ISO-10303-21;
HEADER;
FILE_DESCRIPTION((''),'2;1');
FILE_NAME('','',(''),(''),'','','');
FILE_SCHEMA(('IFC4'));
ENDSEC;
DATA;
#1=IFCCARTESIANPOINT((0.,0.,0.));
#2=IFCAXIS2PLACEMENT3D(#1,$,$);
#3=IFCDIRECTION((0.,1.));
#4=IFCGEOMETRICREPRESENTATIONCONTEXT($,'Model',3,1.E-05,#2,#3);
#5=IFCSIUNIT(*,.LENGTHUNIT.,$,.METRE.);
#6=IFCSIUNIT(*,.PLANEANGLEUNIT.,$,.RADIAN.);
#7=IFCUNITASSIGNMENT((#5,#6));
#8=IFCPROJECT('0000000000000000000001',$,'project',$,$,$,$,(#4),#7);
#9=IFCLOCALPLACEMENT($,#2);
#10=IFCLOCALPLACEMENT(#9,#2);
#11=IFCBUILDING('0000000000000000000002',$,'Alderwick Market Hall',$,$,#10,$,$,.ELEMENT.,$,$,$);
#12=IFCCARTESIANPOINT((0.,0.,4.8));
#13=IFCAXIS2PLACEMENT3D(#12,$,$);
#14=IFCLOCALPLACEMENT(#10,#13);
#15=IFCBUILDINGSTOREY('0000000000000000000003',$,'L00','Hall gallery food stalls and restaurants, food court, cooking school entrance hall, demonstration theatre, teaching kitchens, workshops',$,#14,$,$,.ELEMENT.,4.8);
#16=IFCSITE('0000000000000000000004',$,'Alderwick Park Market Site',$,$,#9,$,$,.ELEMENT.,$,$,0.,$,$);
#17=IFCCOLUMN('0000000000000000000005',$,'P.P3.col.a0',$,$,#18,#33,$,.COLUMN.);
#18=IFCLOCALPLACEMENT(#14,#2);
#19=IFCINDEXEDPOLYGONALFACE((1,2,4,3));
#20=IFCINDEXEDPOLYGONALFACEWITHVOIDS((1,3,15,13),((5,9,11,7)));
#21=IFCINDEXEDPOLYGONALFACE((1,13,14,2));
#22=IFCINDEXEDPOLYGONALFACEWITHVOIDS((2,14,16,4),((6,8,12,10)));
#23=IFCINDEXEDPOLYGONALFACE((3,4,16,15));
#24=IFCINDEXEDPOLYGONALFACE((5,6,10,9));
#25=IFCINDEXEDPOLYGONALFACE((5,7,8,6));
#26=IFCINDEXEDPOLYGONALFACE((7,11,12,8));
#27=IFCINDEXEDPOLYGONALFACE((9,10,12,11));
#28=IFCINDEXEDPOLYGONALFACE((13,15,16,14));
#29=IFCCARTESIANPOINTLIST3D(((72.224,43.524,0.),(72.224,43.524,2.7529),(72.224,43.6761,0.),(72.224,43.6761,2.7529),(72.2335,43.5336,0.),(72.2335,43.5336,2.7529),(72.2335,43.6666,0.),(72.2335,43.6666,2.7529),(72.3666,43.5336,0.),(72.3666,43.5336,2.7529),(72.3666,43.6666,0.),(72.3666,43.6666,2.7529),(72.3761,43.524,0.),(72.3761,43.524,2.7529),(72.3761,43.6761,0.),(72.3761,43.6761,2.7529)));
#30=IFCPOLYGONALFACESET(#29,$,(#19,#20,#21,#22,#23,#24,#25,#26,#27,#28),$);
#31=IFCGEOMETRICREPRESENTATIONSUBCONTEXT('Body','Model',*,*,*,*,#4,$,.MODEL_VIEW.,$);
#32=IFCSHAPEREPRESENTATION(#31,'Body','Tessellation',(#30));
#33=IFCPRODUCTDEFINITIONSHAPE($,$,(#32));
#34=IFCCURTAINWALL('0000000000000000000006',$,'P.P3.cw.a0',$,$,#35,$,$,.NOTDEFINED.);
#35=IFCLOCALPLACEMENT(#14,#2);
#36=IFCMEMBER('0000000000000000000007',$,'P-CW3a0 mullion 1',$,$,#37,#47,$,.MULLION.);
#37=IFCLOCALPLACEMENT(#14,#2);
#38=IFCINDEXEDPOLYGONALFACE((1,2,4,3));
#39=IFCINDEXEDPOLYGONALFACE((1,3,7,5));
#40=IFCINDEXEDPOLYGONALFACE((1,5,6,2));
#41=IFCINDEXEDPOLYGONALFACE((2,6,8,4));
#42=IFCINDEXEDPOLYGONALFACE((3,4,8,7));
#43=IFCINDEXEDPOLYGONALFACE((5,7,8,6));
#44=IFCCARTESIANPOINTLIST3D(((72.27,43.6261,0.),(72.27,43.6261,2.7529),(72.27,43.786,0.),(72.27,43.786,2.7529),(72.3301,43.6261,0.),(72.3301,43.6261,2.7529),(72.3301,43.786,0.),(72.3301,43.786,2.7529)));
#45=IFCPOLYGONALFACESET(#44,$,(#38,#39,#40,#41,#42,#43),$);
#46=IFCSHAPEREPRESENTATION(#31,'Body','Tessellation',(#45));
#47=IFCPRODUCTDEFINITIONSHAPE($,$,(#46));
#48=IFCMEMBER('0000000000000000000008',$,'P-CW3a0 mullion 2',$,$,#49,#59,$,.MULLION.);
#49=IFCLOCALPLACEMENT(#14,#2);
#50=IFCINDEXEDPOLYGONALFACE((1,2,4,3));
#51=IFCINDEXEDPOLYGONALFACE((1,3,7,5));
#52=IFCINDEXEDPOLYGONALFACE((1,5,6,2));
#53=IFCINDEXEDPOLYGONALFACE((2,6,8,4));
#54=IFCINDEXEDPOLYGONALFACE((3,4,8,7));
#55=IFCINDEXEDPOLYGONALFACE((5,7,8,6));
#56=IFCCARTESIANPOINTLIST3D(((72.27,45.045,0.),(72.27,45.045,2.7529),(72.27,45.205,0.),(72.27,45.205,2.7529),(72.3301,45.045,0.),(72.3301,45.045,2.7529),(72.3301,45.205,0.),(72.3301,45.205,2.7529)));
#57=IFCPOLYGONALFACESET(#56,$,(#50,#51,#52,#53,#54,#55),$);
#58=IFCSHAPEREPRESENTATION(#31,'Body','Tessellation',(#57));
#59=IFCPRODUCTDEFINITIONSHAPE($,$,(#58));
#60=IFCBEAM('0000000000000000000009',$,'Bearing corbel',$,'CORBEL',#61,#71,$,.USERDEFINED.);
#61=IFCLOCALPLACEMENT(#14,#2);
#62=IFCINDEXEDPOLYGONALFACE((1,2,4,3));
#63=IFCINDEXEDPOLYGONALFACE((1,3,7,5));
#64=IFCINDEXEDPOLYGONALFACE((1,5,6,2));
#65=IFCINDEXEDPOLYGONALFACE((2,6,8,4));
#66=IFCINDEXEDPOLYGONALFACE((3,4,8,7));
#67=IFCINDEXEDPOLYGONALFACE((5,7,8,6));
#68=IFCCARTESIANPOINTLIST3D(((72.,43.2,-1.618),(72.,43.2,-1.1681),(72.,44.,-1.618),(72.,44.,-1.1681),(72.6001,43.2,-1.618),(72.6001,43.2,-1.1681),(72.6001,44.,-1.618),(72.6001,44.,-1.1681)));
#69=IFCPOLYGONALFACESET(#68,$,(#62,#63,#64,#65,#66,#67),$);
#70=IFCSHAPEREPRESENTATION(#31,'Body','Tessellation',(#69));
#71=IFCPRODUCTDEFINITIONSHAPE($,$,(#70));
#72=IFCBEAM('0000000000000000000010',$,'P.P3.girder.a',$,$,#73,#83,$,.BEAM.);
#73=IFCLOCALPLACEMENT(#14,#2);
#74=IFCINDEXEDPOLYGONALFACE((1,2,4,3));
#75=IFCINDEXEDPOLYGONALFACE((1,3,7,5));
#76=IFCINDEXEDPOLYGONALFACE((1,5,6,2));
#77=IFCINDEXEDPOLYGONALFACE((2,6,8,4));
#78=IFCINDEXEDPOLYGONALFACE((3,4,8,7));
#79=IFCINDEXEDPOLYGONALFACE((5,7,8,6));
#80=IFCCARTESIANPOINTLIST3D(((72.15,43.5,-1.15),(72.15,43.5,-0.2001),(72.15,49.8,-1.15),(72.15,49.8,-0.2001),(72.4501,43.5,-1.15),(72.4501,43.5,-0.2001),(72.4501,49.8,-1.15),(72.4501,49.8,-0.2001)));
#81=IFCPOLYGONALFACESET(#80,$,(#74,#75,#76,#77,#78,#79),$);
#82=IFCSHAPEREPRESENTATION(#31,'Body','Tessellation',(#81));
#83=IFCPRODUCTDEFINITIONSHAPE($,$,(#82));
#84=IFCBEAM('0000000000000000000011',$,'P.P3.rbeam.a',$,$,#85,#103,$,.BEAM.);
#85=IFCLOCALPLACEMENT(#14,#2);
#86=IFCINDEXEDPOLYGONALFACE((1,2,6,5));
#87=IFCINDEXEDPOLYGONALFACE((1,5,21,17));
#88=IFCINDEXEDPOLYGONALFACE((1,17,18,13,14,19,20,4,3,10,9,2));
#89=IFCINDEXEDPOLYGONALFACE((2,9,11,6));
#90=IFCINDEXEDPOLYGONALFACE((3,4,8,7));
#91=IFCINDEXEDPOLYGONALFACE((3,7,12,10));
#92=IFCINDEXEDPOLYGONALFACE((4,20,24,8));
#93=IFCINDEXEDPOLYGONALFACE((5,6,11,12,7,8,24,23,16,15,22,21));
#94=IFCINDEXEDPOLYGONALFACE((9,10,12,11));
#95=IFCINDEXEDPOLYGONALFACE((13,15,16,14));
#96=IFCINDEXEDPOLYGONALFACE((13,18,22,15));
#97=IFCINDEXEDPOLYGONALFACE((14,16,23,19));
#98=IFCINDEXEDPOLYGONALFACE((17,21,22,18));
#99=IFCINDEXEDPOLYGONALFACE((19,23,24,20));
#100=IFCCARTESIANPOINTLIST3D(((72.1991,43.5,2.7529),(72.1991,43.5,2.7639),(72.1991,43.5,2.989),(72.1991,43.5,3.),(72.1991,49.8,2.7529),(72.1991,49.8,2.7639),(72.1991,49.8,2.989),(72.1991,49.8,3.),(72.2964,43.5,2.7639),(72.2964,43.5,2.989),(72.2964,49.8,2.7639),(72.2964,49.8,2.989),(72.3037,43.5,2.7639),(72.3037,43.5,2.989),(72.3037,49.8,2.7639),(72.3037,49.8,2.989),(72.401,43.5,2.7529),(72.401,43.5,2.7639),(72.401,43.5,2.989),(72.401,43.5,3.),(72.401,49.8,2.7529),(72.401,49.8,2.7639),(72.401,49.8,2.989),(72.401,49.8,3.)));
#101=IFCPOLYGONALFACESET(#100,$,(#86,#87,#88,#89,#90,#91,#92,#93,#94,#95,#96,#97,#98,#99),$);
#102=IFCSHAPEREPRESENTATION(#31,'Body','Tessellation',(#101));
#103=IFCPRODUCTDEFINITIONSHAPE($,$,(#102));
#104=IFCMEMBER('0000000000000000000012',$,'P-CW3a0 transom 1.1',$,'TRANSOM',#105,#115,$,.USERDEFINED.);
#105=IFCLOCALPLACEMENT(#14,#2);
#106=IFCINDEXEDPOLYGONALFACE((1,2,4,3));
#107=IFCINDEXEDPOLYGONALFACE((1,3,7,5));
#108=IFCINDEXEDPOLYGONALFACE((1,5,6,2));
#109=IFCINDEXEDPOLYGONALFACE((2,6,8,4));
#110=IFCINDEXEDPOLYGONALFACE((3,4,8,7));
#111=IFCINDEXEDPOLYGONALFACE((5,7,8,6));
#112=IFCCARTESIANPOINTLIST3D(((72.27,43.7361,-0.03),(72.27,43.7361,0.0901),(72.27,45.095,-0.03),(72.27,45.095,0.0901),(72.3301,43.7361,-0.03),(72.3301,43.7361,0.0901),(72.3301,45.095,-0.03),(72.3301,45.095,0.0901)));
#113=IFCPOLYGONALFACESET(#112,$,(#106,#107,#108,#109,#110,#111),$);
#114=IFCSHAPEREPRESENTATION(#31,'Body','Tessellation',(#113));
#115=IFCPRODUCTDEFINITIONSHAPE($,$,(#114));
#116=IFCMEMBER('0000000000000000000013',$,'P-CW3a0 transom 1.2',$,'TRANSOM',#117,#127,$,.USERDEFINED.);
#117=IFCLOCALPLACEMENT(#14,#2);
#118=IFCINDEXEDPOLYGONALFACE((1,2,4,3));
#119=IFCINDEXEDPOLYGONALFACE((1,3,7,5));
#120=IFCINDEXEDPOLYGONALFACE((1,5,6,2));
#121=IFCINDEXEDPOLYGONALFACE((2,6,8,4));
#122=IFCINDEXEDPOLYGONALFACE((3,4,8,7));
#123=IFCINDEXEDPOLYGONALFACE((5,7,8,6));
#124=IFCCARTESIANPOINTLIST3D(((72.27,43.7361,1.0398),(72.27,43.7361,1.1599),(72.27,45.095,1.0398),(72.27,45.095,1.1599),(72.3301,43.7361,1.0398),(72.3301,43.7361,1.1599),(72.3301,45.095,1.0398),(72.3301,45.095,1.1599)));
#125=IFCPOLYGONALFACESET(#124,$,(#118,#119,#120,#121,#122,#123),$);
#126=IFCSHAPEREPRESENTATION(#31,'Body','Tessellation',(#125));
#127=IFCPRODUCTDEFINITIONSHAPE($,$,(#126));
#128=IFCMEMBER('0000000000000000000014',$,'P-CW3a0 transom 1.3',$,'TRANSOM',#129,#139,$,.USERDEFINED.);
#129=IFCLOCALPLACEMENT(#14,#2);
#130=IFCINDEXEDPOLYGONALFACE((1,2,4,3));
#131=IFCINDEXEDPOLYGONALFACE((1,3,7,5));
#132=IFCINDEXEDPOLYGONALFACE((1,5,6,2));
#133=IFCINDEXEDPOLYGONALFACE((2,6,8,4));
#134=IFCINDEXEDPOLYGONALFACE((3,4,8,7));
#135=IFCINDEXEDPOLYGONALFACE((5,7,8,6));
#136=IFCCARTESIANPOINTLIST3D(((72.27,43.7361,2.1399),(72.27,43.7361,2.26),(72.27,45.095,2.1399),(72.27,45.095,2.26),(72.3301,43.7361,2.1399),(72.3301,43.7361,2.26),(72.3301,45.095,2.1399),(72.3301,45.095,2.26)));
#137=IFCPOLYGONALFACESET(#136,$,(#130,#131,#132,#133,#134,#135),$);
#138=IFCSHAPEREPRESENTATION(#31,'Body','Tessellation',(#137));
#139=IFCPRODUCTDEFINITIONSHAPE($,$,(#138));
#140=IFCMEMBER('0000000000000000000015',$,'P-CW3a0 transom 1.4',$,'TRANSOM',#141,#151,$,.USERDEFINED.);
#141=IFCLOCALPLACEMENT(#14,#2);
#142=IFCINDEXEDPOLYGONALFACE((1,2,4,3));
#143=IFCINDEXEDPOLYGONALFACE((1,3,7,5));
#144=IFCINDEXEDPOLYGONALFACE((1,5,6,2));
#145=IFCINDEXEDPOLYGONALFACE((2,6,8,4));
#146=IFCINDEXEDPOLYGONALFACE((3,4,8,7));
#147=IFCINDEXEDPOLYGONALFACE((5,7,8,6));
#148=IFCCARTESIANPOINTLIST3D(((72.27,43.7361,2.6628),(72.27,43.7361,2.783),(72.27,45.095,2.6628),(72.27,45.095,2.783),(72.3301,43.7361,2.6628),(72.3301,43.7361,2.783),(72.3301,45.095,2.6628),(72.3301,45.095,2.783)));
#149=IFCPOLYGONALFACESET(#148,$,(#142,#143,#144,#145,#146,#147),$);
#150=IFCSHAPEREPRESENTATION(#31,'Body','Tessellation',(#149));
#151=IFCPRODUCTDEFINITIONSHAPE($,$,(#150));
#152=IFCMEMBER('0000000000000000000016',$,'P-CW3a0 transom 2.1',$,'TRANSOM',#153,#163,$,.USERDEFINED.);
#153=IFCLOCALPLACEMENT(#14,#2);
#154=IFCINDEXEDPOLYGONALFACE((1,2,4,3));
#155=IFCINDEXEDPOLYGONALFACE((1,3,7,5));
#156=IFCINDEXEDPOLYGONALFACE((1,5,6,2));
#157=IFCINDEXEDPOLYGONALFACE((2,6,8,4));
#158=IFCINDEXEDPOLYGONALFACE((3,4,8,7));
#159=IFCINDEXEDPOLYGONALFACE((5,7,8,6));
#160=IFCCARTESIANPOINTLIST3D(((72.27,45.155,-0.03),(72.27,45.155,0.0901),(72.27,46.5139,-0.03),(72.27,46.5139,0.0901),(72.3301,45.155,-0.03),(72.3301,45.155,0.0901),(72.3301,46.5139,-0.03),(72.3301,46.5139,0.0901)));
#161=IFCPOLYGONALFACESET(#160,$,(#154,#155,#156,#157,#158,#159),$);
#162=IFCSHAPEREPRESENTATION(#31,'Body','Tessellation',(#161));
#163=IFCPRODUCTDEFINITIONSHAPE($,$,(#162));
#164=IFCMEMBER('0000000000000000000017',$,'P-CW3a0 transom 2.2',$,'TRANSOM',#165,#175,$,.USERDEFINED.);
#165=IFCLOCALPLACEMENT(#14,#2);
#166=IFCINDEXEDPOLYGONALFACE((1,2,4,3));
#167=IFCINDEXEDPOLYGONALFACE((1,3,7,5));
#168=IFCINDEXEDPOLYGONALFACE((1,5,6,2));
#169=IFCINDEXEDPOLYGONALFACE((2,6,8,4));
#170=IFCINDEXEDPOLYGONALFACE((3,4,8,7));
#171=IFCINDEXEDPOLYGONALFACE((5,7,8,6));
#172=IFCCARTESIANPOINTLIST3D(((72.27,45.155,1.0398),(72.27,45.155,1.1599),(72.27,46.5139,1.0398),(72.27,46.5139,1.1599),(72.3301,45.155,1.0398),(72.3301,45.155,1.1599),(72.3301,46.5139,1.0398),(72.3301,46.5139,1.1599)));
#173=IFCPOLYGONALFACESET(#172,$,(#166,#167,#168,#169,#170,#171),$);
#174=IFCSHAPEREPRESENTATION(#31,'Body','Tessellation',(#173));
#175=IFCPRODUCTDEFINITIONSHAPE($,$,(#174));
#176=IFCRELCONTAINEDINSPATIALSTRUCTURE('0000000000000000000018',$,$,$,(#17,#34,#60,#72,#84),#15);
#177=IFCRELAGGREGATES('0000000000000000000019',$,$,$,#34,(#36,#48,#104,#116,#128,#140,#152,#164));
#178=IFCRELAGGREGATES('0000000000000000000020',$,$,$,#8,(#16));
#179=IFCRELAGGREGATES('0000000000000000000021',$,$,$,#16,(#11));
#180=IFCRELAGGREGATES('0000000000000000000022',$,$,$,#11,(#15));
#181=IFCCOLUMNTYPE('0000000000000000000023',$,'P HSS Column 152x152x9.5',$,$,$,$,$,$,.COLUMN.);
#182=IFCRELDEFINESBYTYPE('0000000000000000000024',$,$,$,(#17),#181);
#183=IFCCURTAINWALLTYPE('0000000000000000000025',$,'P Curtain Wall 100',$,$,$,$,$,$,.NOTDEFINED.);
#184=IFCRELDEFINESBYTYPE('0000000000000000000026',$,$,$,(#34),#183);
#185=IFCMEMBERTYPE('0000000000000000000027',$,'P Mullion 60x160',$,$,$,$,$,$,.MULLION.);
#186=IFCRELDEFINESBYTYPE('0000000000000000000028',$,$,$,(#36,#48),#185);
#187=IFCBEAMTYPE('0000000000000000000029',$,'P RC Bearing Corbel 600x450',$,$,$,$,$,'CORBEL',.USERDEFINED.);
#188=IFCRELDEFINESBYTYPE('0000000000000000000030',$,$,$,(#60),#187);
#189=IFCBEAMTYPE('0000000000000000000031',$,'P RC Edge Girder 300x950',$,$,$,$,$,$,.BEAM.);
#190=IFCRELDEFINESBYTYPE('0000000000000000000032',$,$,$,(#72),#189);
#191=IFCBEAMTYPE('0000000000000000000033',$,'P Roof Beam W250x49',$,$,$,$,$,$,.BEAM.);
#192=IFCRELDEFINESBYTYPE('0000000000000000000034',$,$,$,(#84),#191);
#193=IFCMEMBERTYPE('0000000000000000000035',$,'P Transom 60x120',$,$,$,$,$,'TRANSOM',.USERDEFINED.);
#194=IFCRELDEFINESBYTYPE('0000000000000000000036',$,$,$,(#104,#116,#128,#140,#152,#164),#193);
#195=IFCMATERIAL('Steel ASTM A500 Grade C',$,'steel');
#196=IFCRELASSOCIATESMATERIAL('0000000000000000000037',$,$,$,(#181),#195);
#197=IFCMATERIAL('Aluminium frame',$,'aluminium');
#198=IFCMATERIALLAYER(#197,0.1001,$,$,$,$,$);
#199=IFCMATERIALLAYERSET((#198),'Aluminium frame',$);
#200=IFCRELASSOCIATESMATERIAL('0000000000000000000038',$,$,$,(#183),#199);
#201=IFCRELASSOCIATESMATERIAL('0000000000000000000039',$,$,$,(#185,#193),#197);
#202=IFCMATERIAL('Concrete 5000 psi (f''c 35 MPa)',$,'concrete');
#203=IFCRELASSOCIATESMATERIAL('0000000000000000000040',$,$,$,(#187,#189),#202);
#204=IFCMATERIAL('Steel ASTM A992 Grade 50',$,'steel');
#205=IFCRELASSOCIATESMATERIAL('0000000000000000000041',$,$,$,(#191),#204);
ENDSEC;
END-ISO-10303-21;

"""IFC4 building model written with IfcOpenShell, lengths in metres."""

from ifc_helpers import new_model, si_unit, direction, frame, origin, origin_2d, place, context, subcontext, project, spatial, rectangle, hollow_rectangle, i_section, extrude, material, layer, layer_set, material_profile, profile_set, type_object, element, aggregate, save


model = new_model("IFC4")

# Units and contexts
model_context = context("Model", 3, precision=1e-05, world=origin(), true_north=direction((0.0, 1.0)))
body_context = subcontext(model_context, "Body", "Model", "MODEL_VIEW")
ifc_project = project(units=[si_unit("LENGTHUNIT", "METRE"), si_unit("PLANEANGLEUNIT", "RADIAN")], contexts=[model_context])

# Site, building, storey
site_placement = place(None, origin())
site = spatial("IfcSite", under=ifc_project, at=site_placement, Name="Alderwick Park Market Site", CompositionType="ELEMENT", RefElevation=0.0)
building_placement = place(site_placement, origin())
building = spatial("IfcBuilding", under=site, at=building_placement, Name="Alderwick Market Hall", CompositionType="ELEMENT")
storey_placement = place(building_placement, frame((0.0, 0.0, 4.8)))
storey = spatial("IfcBuildingStorey", under=building, at=storey_placement, Name="L00", Description="Hall gallery food stalls and restaurants, food court, cooking school entrance hall, demonstration theatre, teaching kitchens, workshops", CompositionType="ELEMENT", Elevation=4.8)

# Column
ifc_material_1 = material(Name="Steel ASTM A500 Grade C", Category="steel")
ifc_material_profile_1 = material_profile(ifc_material_1, hollow_rectangle(XDim=0.1521, YDim=0.1521, WallThickness=0.0095, at=origin_2d()), Name="HSS152x152x9.5")
ifc_profile_set_1 = profile_set([ifc_material_profile_1], Name="Steel ASTM A500 Grade C")
column_type = type_object("IfcColumnType", Name="P HSS Column 152x152x9.5", PredefinedType="COLUMN", material=ifc_profile_set_1)
column_placement = place(storey_placement, frame((72.3, 43.6001, 0.0), z_axis=(0.0, 0.0, 1.0), x_axis=(1.0, 0.0, 0.0)))
element("IfcColumn", 1, at=column_placement, inside=storey, type_object=column_type, Name="P.P3.col.a0", PredefinedType="COLUMN", context=body_context, shape_type="SweptSolid", body=[
    extrude(hollow_rectangle(XDim=0.1521, YDim=0.1521, WallThickness=0.0095, at=origin_2d()), origin(), (0.0, 0.0, 1.0), 2.7529),
])

# Curtain wall, members
ifc_material_2 = material(Name="Aluminium frame", Category="aluminium")
ifc_layer_1 = layer(ifc_material_2, 0.1001)
ifc_layer_set_1 = layer_set([ifc_layer_1], Name="Aluminium frame")
curtain_wall_type = type_object("IfcCurtainWallType", Name="P Curtain Wall 100", PredefinedType="NOTDEFINED", material=ifc_layer_set_1)
curtain_wall_placement = place(storey_placement, origin())
curtain_wall = element("IfcCurtainWall", 2, at=curtain_wall_placement, inside=storey, type_object=curtain_wall_type, Name="P.P3.cw.a0", PredefinedType="NOTDEFINED")
ifc_material_profile_2 = material_profile(ifc_material_2, rectangle(XDim=0.0601, YDim=0.1599, at=origin_2d()), Name="P Mullion 60x160")
ifc_profile_set_2 = profile_set([ifc_material_profile_2], Name="Aluminium frame")
member_type_1 = type_object("IfcMemberType", Name="P Mullion 60x160", PredefinedType="MULLION", material=ifc_profile_set_2)
member_1_placement = place(storey_placement, frame((72.3, 43.7061, 0.0), z_axis=(0.0, 0.0, 1.0), x_axis=(-1.0, 0.0, 0.0)))
member_1 = element("IfcMember", 3, at=member_1_placement, type_object=member_type_1, Name="P-CW3a0 mullion 1", PredefinedType="MULLION", context=body_context, shape_type="SweptSolid", body=[
    extrude(rectangle(XDim=0.0601, YDim=0.1599, at=origin_2d()), origin(), (0.0, 0.0, 1.0), 2.7529),
])
member_2_placement = place(storey_placement, frame((72.3, 45.125, 0.0), z_axis=(0.0, 0.0, 1.0), x_axis=(-1.0, 0.0, 0.0)))
member_2 = element("IfcMember", 4, at=member_2_placement, type_object=member_type_1, Name="P-CW3a0 mullion 2", PredefinedType="MULLION", context=body_context, shape_type="SweptSolid", body=[
    extrude(rectangle(XDim=0.0601, YDim=0.1599, at=origin_2d()), origin(), (0.0, 0.0, 1.0), 2.7529),
])

# Beams
ifc_material_3 = material(Name="Concrete 5000 psi (f'c 35 MPa)", Category="concrete")
ifc_material_profile_3 = material_profile(ifc_material_3, rectangle(XDim=0.6001, YDim=0.45, at=origin_2d()), Name="P RC Bearing Corbel 600x450")
ifc_profile_set_3 = profile_set([ifc_material_profile_3], Name="Concrete 5000 psi (f'c 35 MPa)")
beam_type_1 = type_object("IfcBeamType", Name="P RC Bearing Corbel 600x450", ElementType="CORBEL", PredefinedType="USERDEFINED", material=ifc_profile_set_3)
beam_1_placement = place(storey_placement, frame((72.3, 44.0, -1.3931), z_axis=(0.0, -1.0, 0.0), x_axis=(1.0, 0.0, 0.0)))
element("IfcBeam", 5, at=beam_1_placement, inside=storey, type_object=beam_type_1, Name="Bearing corbel", ObjectType="CORBEL", PredefinedType="USERDEFINED", context=body_context, shape_type="SweptSolid", body=[
    extrude(rectangle(XDim=0.6001, YDim=0.45, at=origin_2d()), origin(), (0.0, 0.0, 1.0), 0.8),
])
ifc_material_profile_4 = material_profile(ifc_material_3, rectangle(XDim=0.3, YDim=0.95, at=origin_2d()), Name="P RC Edge Girder 300x950")
ifc_profile_set_4 = profile_set([ifc_material_profile_4], Name="Concrete 5000 psi (f'c 35 MPa)")
beam_type_2 = type_object("IfcBeamType", Name="P RC Edge Girder 300x950", PredefinedType="BEAM", material=ifc_profile_set_4)
beam_2_placement = place(storey_placement, frame((72.3, 43.5, -0.675), z_axis=(0.0, 1.0, 0.0), x_axis=(-1.0, 0.0, 0.0)))
element("IfcBeam", 6, at=beam_2_placement, inside=storey, type_object=beam_type_2, Name="P.P3.girder.a", PredefinedType="BEAM", context=body_context, shape_type="SweptSolid", body=[
    extrude(rectangle(XDim=0.3, YDim=0.95, at=origin_2d()), origin(), (0.0, 0.0, 1.0), 6.3),
])
ifc_material_4 = material(Name="Steel ASTM A992 Grade 50", Category="steel")
ifc_material_profile_5 = material_profile(ifc_material_4, i_section(OverallWidth=0.2019, OverallDepth=0.2471, WebThickness=0.0073, FlangeThickness=0.011, at=origin_2d()), Name="W250x49")
ifc_profile_set_5 = profile_set([ifc_material_profile_5], Name="Steel ASTM A992 Grade 50")
beam_type_3 = type_object("IfcBeamType", Name="P Roof Beam W250x49", PredefinedType="BEAM", material=ifc_profile_set_5)
beam_3_placement = place(storey_placement, frame((72.3, 43.5, 2.8765), z_axis=(0.0, 1.0, 0.0), x_axis=(-1.0, 0.0, 0.0)))
element("IfcBeam", 7, at=beam_3_placement, inside=storey, type_object=beam_type_3, Name="P.P3.rbeam.a", PredefinedType="BEAM", context=body_context, shape_type="SweptSolid", body=[
    extrude(i_section(OverallWidth=0.2019, OverallDepth=0.2471, WebThickness=0.0073, FlangeThickness=0.011, at=origin_2d()), origin(), (0.0, 0.0, 1.0), 6.3),
])

# Members
ifc_material_profile_6 = material_profile(ifc_material_2, rectangle(XDim=0.0601, YDim=0.1201, at=origin_2d()), Name="P Transom 60x120")
ifc_profile_set_6 = profile_set([ifc_material_profile_6], Name="Aluminium frame")
member_type_2 = type_object("IfcMemberType", Name="P Transom 60x120", ElementType="TRANSOM", PredefinedType="USERDEFINED", material=ifc_profile_set_6)
member_3_placement = place(storey_placement, frame((72.3, 43.7361, 0.03), z_axis=(0.0, 1.0, 0.0), x_axis=(-1.0, 0.0, 0.0)))
member_3 = element("IfcMember", 8, at=member_3_placement, type_object=member_type_2, Name="P-CW3a0 transom 1.1", ObjectType="TRANSOM", PredefinedType="USERDEFINED", context=body_context, shape_type="SweptSolid", body=[
    extrude(rectangle(XDim=0.0601, YDim=0.1201, at=origin_2d()), origin(), (0.0, 0.0, 1.0), 1.3589),
])
member_4_placement = place(storey_placement, frame((72.3, 43.7361, 1.0999), z_axis=(0.0, 1.0, 0.0), x_axis=(-1.0, 0.0, 0.0)))
member_4 = element("IfcMember", 9, at=member_4_placement, type_object=member_type_2, Name="P-CW3a0 transom 1.2", ObjectType="TRANSOM", PredefinedType="USERDEFINED", context=body_context, shape_type="SweptSolid", body=[
    extrude(rectangle(XDim=0.0601, YDim=0.1201, at=origin_2d()), origin(), (0.0, 0.0, 1.0), 1.3589),
])
member_5_placement = place(storey_placement, frame((72.3, 43.7361, 2.2), z_axis=(0.0, 1.0, 0.0), x_axis=(-1.0, 0.0, 0.0)))
member_5 = element("IfcMember", 10, at=member_5_placement, type_object=member_type_2, Name="P-CW3a0 transom 1.3", ObjectType="TRANSOM", PredefinedType="USERDEFINED", context=body_context, shape_type="SweptSolid", body=[
    extrude(rectangle(XDim=0.0601, YDim=0.1201, at=origin_2d()), origin(), (0.0, 0.0, 1.0), 1.3589),
])
member_6_placement = place(storey_placement, frame((72.3, 43.7361, 2.7229), z_axis=(0.0, 1.0, 0.0), x_axis=(-1.0, 0.0, 0.0)))
member_6 = element("IfcMember", 11, at=member_6_placement, type_object=member_type_2, Name="P-CW3a0 transom 1.4", ObjectType="TRANSOM", PredefinedType="USERDEFINED", context=body_context, shape_type="SweptSolid", body=[
    extrude(rectangle(XDim=0.0601, YDim=0.1201, at=origin_2d()), origin(), (0.0, 0.0, 1.0), 1.3589),
])
member_7_placement = place(storey_placement, frame((72.3, 45.155, 0.03), z_axis=(0.0, 1.0, 0.0), x_axis=(-1.0, 0.0, 0.0)))
member_7 = element("IfcMember", 12, at=member_7_placement, type_object=member_type_2, Name="P-CW3a0 transom 2.1", ObjectType="TRANSOM", PredefinedType="USERDEFINED", context=body_context, shape_type="SweptSolid", body=[
    extrude(rectangle(XDim=0.0601, YDim=0.1201, at=origin_2d()), origin(), (0.0, 0.0, 1.0), 1.3589),
])
member_8_placement = place(storey_placement, frame((72.3, 45.155, 1.0999), z_axis=(0.0, 1.0, 0.0), x_axis=(-1.0, 0.0, 0.0)))
member_8 = element("IfcMember", 13, at=member_8_placement, type_object=member_type_2, Name="P-CW3a0 transom 2.2", ObjectType="TRANSOM", PredefinedType="USERDEFINED", context=body_context, shape_type="SweptSolid", body=[
    extrude(rectangle(XDim=0.0601, YDim=0.1201, at=origin_2d()), origin(), (0.0, 0.0, 1.0), 1.3589),
])

aggregate(curtain_wall, [member_1, member_2, member_3, member_4, member_5, member_6, member_7, member_8])

save(model, "model.ifc")
